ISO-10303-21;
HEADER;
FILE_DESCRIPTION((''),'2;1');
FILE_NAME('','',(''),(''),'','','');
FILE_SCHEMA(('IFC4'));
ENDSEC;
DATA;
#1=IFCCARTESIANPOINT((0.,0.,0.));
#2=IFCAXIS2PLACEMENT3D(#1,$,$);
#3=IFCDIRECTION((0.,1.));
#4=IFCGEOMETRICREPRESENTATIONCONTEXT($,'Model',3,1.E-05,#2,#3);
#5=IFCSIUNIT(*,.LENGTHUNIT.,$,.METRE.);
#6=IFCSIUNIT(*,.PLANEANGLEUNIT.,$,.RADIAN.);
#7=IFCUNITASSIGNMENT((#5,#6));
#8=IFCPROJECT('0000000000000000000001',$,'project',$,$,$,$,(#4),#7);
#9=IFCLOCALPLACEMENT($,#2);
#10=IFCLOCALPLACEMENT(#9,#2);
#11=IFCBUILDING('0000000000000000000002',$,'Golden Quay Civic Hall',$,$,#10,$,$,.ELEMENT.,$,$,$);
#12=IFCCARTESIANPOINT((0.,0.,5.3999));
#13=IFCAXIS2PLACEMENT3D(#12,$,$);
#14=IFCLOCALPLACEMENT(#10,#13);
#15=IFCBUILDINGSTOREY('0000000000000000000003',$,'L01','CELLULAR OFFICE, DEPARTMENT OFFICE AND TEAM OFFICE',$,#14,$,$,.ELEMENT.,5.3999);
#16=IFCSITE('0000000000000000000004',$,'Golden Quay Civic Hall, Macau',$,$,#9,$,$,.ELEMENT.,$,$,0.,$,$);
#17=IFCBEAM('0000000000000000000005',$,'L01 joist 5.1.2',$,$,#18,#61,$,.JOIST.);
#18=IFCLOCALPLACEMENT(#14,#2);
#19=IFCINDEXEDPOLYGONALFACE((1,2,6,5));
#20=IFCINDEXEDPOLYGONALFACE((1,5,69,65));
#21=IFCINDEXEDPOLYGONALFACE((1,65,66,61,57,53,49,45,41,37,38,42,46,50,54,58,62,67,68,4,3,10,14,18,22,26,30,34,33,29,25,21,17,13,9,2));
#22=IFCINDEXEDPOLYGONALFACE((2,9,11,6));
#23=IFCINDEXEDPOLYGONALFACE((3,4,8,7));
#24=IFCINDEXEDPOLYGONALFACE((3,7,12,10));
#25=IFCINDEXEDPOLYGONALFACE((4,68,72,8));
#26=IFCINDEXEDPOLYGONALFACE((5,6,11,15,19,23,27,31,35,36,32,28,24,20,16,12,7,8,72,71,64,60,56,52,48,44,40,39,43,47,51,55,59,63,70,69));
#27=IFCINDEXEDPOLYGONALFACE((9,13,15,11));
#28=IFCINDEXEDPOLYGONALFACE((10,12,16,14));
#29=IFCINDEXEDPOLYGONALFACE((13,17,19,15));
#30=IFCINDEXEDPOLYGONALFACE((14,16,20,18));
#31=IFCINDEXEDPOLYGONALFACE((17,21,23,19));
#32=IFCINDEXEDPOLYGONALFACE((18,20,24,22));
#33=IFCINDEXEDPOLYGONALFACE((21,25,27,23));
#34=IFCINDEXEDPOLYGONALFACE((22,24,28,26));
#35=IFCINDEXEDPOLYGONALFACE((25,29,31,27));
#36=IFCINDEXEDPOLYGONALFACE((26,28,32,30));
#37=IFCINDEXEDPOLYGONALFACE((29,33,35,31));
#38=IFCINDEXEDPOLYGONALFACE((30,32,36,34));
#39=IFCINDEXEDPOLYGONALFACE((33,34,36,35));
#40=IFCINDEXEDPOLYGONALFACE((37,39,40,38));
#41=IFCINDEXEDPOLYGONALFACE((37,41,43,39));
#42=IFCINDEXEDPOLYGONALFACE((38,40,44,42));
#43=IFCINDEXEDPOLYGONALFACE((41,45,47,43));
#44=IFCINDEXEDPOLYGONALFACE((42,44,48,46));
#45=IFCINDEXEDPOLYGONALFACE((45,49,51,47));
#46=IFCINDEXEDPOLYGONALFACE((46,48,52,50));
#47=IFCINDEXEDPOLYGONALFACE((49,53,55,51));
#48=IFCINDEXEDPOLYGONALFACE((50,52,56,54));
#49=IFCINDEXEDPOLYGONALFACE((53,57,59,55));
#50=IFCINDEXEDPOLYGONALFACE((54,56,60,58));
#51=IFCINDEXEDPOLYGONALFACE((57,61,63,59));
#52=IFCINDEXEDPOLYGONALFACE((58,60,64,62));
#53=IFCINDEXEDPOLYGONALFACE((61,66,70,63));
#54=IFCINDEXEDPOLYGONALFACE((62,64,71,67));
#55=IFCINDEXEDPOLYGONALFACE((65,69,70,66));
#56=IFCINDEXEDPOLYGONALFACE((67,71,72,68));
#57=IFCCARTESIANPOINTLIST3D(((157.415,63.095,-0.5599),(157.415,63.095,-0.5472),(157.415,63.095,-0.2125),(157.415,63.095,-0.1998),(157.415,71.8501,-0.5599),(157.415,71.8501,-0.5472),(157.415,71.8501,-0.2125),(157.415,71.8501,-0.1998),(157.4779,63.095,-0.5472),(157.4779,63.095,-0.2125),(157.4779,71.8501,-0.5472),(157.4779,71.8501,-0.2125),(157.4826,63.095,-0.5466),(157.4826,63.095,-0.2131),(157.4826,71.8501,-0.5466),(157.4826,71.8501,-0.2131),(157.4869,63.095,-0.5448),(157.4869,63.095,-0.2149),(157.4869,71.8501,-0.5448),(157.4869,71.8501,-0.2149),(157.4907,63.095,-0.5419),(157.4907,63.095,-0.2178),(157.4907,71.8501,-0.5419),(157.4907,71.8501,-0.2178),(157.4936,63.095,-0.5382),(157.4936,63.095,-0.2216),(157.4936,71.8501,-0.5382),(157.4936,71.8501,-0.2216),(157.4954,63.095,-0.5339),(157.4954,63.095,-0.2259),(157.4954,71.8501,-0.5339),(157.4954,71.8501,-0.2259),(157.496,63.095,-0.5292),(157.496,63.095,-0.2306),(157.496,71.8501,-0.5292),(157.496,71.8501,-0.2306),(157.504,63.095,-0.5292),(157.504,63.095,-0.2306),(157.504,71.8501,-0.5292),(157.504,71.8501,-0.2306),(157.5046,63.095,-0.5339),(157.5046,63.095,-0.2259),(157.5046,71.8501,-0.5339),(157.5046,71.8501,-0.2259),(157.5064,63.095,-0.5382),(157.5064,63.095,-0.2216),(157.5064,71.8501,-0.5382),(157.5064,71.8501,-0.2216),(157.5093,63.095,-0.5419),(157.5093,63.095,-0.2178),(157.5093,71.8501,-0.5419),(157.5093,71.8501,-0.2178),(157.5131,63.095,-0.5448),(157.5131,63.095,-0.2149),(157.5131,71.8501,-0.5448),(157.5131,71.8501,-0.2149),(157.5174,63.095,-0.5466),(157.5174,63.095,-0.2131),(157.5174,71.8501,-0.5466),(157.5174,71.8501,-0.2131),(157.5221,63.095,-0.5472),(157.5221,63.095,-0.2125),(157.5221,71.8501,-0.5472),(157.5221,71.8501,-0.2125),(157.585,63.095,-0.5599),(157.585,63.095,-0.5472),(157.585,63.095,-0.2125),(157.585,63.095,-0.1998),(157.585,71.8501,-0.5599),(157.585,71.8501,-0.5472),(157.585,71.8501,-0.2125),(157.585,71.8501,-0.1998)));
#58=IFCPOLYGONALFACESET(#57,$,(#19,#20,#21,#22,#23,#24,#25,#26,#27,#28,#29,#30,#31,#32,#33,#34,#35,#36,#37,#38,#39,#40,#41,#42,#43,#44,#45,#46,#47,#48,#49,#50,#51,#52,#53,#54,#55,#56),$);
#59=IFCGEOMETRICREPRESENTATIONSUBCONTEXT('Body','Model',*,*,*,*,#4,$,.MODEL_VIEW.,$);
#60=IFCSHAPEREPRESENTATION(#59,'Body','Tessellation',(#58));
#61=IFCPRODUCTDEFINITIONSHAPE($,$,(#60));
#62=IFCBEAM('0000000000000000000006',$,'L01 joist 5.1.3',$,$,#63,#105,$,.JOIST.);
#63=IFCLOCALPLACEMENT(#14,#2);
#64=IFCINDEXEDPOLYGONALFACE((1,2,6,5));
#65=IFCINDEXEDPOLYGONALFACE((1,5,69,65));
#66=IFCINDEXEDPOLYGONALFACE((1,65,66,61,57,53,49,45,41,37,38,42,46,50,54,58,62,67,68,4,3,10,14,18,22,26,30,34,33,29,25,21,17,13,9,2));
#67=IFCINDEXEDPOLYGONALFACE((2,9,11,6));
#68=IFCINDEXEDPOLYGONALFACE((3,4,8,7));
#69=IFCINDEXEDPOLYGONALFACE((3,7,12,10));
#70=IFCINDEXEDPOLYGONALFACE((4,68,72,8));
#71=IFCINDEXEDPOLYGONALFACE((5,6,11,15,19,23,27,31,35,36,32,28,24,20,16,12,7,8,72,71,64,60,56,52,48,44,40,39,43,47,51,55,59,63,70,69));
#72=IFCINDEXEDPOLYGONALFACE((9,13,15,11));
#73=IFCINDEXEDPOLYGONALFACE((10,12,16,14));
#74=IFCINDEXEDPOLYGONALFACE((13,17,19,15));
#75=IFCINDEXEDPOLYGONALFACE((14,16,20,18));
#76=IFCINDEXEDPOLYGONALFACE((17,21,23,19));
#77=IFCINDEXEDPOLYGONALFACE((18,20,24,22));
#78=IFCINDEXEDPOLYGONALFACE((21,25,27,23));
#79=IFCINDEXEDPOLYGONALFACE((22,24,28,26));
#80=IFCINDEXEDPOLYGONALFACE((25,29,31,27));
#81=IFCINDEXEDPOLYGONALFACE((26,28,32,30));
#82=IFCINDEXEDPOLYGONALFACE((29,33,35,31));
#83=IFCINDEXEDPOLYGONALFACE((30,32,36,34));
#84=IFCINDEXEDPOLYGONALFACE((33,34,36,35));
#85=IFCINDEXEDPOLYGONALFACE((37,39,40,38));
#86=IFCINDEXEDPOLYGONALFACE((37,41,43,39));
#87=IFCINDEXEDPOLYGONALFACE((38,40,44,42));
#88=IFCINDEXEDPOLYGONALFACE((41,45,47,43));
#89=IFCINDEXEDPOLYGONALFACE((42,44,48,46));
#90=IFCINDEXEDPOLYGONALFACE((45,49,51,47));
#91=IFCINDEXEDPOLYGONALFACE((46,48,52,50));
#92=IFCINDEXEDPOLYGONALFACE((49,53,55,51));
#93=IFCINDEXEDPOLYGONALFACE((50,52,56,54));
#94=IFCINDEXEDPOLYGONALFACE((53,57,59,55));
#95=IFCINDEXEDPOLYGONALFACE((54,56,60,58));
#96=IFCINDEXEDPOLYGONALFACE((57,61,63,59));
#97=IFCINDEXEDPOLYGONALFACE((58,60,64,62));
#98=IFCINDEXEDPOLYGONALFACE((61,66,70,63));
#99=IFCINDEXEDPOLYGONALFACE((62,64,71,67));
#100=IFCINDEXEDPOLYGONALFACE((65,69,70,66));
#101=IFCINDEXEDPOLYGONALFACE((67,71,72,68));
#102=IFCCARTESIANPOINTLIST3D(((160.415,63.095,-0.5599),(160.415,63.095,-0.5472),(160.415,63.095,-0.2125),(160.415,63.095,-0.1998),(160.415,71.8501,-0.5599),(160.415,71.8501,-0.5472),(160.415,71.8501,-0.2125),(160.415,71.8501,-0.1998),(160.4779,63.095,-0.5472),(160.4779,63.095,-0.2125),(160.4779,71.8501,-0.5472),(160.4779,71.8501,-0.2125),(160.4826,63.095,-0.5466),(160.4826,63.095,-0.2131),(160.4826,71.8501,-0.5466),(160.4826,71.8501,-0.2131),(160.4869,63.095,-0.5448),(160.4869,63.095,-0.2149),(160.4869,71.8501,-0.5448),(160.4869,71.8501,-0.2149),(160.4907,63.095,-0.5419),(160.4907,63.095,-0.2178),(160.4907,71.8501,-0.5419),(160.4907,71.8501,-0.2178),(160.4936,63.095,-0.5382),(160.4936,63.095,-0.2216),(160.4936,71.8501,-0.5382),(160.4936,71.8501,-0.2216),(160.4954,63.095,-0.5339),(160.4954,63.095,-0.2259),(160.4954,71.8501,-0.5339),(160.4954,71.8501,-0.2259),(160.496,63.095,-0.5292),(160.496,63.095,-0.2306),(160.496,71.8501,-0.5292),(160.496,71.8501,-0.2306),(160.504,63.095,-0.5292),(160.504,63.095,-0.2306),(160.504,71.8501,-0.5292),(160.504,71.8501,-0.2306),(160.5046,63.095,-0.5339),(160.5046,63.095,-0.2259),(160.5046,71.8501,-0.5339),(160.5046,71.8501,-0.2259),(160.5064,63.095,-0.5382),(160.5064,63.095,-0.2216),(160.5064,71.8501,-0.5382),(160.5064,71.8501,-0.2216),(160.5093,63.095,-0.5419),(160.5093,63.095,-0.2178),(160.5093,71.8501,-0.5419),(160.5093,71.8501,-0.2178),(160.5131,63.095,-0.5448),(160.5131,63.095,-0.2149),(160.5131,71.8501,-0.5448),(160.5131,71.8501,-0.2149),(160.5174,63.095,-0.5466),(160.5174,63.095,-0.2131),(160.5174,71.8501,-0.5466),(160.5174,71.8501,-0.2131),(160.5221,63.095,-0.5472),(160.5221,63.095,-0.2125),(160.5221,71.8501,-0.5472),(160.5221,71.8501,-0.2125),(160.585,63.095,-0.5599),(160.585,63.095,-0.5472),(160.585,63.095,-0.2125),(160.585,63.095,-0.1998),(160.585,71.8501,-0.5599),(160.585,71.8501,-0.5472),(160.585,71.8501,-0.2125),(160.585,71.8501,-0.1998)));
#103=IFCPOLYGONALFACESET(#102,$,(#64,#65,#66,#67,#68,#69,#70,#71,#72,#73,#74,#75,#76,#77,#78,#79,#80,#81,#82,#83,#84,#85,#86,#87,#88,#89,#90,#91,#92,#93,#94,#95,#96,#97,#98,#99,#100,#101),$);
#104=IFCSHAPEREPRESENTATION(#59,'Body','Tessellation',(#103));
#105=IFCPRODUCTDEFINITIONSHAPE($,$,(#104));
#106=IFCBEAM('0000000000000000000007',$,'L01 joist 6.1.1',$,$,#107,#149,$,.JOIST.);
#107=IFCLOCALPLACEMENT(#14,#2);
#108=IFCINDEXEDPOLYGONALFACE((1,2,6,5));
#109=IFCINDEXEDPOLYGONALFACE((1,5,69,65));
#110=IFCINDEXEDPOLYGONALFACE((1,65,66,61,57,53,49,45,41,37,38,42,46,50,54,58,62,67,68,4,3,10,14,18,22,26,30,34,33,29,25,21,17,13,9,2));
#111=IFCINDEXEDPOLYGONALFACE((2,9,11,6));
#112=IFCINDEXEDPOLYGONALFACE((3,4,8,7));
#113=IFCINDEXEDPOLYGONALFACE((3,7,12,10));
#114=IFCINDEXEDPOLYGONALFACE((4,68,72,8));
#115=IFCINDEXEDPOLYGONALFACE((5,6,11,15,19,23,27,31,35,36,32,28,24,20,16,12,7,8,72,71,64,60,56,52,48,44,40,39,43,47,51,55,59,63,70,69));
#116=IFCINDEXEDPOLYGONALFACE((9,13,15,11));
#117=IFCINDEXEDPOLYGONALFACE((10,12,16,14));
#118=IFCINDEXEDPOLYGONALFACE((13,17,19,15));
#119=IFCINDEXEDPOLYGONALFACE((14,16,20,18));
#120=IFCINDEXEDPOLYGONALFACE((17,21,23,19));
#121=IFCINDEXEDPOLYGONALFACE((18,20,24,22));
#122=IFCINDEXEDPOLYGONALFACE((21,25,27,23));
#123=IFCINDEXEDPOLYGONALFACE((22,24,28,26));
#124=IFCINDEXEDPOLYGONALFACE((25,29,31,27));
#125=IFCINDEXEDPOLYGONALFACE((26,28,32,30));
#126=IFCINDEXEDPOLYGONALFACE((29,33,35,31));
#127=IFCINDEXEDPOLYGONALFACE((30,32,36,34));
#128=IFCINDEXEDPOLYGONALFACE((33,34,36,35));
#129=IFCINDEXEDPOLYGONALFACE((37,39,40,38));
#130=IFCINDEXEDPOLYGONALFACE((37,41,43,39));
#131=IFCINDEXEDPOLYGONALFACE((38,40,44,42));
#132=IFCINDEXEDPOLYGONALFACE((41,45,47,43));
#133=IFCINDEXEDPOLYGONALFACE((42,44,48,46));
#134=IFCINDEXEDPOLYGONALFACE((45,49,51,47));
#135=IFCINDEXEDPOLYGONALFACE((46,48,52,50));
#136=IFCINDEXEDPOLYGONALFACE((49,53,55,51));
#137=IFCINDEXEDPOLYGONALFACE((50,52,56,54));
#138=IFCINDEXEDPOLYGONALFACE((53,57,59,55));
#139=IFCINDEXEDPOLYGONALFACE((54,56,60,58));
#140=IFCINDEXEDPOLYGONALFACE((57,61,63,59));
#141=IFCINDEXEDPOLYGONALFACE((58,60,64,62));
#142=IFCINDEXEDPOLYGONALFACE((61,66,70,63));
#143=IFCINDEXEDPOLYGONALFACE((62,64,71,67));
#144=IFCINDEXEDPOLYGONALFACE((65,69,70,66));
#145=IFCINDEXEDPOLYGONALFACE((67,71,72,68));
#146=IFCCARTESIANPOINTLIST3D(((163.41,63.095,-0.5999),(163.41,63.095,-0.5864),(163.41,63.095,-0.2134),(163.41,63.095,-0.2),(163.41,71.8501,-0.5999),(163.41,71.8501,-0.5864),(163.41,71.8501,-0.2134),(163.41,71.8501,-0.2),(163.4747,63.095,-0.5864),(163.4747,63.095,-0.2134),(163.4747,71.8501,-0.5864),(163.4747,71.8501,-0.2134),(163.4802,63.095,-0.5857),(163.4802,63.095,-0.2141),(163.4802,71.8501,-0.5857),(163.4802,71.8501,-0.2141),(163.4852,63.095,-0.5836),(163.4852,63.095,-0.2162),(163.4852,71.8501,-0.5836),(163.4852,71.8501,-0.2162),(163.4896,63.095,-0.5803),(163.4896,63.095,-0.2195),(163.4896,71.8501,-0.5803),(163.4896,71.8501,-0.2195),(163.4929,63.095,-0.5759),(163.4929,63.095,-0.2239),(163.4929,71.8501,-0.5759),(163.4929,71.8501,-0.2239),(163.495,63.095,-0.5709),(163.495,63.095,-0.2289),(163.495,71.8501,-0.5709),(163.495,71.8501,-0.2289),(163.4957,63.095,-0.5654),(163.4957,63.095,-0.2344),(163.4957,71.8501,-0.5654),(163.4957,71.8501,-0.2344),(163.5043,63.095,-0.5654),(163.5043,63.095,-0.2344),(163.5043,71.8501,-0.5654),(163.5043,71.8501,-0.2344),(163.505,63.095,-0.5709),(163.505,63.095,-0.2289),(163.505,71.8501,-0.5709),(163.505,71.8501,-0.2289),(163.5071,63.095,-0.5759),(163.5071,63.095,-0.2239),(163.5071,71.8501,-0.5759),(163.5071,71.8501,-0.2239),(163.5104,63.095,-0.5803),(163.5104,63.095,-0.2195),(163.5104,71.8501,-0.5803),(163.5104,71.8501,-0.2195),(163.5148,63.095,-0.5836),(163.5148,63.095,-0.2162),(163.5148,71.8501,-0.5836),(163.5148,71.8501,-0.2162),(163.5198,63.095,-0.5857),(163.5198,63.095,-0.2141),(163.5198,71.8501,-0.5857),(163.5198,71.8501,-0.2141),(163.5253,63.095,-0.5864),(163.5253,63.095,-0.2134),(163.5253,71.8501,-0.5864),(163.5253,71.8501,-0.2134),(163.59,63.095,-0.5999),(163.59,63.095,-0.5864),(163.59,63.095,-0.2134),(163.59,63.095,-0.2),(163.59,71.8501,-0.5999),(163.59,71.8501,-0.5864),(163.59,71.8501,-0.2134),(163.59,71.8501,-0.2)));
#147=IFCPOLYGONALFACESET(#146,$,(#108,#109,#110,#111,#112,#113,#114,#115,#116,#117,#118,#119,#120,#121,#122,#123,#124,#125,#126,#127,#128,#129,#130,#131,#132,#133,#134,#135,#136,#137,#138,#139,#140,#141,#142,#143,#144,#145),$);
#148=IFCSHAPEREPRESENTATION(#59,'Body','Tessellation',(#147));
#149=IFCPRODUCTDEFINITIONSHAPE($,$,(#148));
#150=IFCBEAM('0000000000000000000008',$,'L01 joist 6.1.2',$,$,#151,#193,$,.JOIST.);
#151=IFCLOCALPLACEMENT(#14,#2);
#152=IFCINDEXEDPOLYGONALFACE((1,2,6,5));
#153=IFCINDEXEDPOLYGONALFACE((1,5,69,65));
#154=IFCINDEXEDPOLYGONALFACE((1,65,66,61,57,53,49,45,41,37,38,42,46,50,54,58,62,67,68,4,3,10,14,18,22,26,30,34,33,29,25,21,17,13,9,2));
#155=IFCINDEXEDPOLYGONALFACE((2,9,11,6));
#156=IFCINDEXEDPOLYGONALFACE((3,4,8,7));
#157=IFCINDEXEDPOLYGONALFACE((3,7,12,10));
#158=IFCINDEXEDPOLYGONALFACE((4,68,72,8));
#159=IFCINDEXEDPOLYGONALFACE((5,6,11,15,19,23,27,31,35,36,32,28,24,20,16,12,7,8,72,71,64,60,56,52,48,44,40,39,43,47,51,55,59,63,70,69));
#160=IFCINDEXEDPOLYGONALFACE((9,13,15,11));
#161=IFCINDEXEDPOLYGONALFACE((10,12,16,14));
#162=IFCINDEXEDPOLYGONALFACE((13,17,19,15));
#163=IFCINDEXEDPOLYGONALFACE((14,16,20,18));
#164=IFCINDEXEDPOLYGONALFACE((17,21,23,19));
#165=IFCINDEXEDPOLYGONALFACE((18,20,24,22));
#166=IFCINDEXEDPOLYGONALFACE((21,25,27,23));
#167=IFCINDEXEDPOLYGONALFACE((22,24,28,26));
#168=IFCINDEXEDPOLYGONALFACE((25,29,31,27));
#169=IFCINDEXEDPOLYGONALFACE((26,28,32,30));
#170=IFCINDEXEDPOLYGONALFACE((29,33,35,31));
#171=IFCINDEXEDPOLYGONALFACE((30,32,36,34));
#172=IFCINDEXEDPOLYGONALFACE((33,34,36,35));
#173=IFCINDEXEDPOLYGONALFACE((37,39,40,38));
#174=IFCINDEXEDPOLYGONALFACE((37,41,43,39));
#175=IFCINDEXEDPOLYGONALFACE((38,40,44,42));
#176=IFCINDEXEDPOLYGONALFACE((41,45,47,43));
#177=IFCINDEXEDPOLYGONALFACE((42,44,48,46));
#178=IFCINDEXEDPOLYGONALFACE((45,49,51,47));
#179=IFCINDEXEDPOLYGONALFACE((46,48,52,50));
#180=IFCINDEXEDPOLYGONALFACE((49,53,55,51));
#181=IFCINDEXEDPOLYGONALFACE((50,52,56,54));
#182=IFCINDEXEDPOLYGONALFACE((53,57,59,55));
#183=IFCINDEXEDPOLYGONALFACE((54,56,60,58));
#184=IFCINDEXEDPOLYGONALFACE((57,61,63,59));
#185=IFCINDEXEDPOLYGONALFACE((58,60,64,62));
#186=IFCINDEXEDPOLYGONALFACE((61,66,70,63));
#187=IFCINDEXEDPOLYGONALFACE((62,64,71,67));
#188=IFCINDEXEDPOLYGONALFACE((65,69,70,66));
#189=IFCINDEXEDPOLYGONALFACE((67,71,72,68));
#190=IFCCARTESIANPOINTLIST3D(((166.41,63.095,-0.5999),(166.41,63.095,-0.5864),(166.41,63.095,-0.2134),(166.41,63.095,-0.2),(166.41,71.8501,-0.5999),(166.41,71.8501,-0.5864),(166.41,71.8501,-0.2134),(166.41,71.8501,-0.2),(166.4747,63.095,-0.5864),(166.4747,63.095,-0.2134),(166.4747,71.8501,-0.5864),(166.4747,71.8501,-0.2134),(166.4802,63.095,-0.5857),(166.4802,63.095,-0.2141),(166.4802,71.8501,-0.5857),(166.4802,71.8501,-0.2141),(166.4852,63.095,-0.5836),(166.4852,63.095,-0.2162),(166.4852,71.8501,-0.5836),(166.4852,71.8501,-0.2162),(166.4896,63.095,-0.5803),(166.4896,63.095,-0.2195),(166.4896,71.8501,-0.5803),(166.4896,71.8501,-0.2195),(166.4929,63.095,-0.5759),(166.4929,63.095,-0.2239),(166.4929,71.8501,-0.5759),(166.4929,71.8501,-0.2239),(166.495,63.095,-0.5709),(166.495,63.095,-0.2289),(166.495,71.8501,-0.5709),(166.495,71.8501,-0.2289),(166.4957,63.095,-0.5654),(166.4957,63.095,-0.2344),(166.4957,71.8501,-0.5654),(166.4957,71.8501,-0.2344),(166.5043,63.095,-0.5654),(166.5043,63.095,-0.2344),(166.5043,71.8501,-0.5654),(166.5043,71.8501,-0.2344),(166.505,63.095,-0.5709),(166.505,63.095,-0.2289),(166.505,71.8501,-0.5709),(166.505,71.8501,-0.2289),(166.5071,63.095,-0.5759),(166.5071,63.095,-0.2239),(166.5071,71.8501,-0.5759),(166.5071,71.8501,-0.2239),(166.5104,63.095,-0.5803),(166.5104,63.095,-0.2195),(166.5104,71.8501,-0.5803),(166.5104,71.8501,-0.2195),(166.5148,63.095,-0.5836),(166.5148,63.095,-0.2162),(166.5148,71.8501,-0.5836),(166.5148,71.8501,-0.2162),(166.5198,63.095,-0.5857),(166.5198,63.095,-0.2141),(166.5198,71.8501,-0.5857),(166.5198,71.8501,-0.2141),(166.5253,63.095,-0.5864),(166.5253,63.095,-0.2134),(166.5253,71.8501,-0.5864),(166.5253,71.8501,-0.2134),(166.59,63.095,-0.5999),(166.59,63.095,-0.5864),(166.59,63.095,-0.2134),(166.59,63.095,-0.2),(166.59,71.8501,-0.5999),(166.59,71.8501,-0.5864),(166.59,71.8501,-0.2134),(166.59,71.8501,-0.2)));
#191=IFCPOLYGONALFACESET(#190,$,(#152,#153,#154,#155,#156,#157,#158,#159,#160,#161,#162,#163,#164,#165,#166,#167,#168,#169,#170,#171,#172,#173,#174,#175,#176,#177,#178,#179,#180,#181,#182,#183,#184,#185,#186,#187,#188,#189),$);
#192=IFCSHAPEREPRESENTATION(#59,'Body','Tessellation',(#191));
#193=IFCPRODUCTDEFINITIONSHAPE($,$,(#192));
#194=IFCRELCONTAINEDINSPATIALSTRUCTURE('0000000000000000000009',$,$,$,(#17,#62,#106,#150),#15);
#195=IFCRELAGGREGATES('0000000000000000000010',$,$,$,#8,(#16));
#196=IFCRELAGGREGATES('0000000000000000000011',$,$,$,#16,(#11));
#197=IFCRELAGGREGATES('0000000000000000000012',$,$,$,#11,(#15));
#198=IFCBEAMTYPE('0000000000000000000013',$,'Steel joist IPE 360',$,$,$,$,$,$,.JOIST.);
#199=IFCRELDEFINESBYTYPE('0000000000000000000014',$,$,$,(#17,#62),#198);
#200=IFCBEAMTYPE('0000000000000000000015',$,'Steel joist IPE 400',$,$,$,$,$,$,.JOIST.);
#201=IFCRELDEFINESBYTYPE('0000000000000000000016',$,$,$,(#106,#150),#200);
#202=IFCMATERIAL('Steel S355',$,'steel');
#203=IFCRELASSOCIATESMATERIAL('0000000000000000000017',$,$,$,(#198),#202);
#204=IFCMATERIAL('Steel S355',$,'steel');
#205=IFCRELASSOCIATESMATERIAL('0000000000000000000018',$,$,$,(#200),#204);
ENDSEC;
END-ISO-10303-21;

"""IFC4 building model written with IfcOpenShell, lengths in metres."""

from ifc_helpers import new_model, si_unit, direction, frame, origin, origin_2d, place, context, subcontext, project, spatial, i_section, extrude, material, material_profile, profile_set, type_object, element, save


model = new_model("IFC4")

# Units and contexts
model_context = context("Model", 3, precision=1e-05, world=origin(), true_north=direction((0.0, 1.0)))
body_context = subcontext(model_context, "Body", "Model", "MODEL_VIEW")
ifc_project = project(units=[si_unit("LENGTHUNIT", "METRE"), si_unit("PLANEANGLEUNIT", "RADIAN")], contexts=[model_context])

# Site, building, storey
site_placement = place(None, origin())
site = spatial("IfcSite", under=ifc_project, at=site_placement, Name="Golden Quay Civic Hall, Macau", CompositionType="ELEMENT", RefElevation=0.0)
building_placement = place(site_placement, origin())
building = spatial("IfcBuilding", under=site, at=building_placement, Name="Golden Quay Civic Hall", CompositionType="ELEMENT")
storey_placement = place(building_placement, frame((0.0, 0.0, 5.3999)))
storey = spatial("IfcBuildingStorey", under=building, at=storey_placement, Name="L01", Description="CELLULAR OFFICE, DEPARTMENT OFFICE AND TEAM OFFICE", CompositionType="ELEMENT", Elevation=5.3999)

# Beams
ifc_material_1 = material(Name="Steel S355", Category="steel")
ifc_material_profile_1 = material_profile(ifc_material_1, i_section(OverallWidth=0.1699, OverallDepth=0.3601, WebThickness=0.0081, FlangeThickness=0.0127, FilletRadius=0.0181, at=origin_2d()), Name="IPE 360")
ifc_profile_set_1 = profile_set([ifc_material_profile_1], Name="Steel S355")
beam_type_1 = type_object("IfcBeamType", Name="Steel joist IPE 360", PredefinedType="JOIST", material=ifc_profile_set_1)
for number, where, z_axis, x_axis, name in (
    (1, (157.5, 63.095, -0.3799), (0.0, 1.0, 0.0), (-1.0, 0.0, 0.0), "L01 joist 5.1.2"),
    (2, (160.5, 63.095, -0.3799), (0.0, 1.0, 0.0), (-1.0, 0.0, 0.0), "L01 joist 5.1.3"),
):
    element("IfcBeam", number, at=place(storey_placement, frame(where, z_axis=z_axis, x_axis=x_axis)), inside=storey, type_object=beam_type_1, Name=name, PredefinedType="JOIST", context=body_context, shape_type="SweptSolid", body=[
        extrude(i_section(OverallWidth=0.1699, OverallDepth=0.3601, WebThickness=0.0081, FlangeThickness=0.0127, FilletRadius=0.0181, at=origin_2d()), origin(), (0.0, 0.0, 1.0), 8.7551),
    ])
ifc_material_2 = material(Name="Steel S355", Category="steel")
ifc_material_profile_2 = material_profile(ifc_material_2, i_section(OverallWidth=0.1799, OverallDepth=0.3999, WebThickness=0.0085, FlangeThickness=0.0134, FilletRadius=0.021, at=origin_2d()), Name="IPE 400")
ifc_profile_set_2 = profile_set([ifc_material_profile_2], Name="Steel S355")
beam_type_2 = type_object("IfcBeamType", Name="Steel joist IPE 400", PredefinedType="JOIST", material=ifc_profile_set_2)
for number, where, z_axis, x_axis, name in (
    (3, (163.5, 63.095, -0.3999), (0.0, 1.0, 0.0), (-1.0, 0.0, 0.0), "L01 joist 6.1.1"),
    (4, (166.5, 63.095, -0.3999), (0.0, 1.0, 0.0), (-1.0, 0.0, 0.0), "L01 joist 6.1.2"),
):
    element("IfcBeam", number, at=place(storey_placement, frame(where, z_axis=z_axis, x_axis=x_axis)), inside=storey, type_object=beam_type_2, Name=name, PredefinedType="JOIST", context=body_context, shape_type="SweptSolid", body=[
        extrude(i_section(OverallWidth=0.1799, OverallDepth=0.3999, WebThickness=0.0085, FlangeThickness=0.0134, FilletRadius=0.021, at=origin_2d()), origin(), (0.0, 0.0, 1.0), 8.7551),
    ])

save(model, "model.ifc")
